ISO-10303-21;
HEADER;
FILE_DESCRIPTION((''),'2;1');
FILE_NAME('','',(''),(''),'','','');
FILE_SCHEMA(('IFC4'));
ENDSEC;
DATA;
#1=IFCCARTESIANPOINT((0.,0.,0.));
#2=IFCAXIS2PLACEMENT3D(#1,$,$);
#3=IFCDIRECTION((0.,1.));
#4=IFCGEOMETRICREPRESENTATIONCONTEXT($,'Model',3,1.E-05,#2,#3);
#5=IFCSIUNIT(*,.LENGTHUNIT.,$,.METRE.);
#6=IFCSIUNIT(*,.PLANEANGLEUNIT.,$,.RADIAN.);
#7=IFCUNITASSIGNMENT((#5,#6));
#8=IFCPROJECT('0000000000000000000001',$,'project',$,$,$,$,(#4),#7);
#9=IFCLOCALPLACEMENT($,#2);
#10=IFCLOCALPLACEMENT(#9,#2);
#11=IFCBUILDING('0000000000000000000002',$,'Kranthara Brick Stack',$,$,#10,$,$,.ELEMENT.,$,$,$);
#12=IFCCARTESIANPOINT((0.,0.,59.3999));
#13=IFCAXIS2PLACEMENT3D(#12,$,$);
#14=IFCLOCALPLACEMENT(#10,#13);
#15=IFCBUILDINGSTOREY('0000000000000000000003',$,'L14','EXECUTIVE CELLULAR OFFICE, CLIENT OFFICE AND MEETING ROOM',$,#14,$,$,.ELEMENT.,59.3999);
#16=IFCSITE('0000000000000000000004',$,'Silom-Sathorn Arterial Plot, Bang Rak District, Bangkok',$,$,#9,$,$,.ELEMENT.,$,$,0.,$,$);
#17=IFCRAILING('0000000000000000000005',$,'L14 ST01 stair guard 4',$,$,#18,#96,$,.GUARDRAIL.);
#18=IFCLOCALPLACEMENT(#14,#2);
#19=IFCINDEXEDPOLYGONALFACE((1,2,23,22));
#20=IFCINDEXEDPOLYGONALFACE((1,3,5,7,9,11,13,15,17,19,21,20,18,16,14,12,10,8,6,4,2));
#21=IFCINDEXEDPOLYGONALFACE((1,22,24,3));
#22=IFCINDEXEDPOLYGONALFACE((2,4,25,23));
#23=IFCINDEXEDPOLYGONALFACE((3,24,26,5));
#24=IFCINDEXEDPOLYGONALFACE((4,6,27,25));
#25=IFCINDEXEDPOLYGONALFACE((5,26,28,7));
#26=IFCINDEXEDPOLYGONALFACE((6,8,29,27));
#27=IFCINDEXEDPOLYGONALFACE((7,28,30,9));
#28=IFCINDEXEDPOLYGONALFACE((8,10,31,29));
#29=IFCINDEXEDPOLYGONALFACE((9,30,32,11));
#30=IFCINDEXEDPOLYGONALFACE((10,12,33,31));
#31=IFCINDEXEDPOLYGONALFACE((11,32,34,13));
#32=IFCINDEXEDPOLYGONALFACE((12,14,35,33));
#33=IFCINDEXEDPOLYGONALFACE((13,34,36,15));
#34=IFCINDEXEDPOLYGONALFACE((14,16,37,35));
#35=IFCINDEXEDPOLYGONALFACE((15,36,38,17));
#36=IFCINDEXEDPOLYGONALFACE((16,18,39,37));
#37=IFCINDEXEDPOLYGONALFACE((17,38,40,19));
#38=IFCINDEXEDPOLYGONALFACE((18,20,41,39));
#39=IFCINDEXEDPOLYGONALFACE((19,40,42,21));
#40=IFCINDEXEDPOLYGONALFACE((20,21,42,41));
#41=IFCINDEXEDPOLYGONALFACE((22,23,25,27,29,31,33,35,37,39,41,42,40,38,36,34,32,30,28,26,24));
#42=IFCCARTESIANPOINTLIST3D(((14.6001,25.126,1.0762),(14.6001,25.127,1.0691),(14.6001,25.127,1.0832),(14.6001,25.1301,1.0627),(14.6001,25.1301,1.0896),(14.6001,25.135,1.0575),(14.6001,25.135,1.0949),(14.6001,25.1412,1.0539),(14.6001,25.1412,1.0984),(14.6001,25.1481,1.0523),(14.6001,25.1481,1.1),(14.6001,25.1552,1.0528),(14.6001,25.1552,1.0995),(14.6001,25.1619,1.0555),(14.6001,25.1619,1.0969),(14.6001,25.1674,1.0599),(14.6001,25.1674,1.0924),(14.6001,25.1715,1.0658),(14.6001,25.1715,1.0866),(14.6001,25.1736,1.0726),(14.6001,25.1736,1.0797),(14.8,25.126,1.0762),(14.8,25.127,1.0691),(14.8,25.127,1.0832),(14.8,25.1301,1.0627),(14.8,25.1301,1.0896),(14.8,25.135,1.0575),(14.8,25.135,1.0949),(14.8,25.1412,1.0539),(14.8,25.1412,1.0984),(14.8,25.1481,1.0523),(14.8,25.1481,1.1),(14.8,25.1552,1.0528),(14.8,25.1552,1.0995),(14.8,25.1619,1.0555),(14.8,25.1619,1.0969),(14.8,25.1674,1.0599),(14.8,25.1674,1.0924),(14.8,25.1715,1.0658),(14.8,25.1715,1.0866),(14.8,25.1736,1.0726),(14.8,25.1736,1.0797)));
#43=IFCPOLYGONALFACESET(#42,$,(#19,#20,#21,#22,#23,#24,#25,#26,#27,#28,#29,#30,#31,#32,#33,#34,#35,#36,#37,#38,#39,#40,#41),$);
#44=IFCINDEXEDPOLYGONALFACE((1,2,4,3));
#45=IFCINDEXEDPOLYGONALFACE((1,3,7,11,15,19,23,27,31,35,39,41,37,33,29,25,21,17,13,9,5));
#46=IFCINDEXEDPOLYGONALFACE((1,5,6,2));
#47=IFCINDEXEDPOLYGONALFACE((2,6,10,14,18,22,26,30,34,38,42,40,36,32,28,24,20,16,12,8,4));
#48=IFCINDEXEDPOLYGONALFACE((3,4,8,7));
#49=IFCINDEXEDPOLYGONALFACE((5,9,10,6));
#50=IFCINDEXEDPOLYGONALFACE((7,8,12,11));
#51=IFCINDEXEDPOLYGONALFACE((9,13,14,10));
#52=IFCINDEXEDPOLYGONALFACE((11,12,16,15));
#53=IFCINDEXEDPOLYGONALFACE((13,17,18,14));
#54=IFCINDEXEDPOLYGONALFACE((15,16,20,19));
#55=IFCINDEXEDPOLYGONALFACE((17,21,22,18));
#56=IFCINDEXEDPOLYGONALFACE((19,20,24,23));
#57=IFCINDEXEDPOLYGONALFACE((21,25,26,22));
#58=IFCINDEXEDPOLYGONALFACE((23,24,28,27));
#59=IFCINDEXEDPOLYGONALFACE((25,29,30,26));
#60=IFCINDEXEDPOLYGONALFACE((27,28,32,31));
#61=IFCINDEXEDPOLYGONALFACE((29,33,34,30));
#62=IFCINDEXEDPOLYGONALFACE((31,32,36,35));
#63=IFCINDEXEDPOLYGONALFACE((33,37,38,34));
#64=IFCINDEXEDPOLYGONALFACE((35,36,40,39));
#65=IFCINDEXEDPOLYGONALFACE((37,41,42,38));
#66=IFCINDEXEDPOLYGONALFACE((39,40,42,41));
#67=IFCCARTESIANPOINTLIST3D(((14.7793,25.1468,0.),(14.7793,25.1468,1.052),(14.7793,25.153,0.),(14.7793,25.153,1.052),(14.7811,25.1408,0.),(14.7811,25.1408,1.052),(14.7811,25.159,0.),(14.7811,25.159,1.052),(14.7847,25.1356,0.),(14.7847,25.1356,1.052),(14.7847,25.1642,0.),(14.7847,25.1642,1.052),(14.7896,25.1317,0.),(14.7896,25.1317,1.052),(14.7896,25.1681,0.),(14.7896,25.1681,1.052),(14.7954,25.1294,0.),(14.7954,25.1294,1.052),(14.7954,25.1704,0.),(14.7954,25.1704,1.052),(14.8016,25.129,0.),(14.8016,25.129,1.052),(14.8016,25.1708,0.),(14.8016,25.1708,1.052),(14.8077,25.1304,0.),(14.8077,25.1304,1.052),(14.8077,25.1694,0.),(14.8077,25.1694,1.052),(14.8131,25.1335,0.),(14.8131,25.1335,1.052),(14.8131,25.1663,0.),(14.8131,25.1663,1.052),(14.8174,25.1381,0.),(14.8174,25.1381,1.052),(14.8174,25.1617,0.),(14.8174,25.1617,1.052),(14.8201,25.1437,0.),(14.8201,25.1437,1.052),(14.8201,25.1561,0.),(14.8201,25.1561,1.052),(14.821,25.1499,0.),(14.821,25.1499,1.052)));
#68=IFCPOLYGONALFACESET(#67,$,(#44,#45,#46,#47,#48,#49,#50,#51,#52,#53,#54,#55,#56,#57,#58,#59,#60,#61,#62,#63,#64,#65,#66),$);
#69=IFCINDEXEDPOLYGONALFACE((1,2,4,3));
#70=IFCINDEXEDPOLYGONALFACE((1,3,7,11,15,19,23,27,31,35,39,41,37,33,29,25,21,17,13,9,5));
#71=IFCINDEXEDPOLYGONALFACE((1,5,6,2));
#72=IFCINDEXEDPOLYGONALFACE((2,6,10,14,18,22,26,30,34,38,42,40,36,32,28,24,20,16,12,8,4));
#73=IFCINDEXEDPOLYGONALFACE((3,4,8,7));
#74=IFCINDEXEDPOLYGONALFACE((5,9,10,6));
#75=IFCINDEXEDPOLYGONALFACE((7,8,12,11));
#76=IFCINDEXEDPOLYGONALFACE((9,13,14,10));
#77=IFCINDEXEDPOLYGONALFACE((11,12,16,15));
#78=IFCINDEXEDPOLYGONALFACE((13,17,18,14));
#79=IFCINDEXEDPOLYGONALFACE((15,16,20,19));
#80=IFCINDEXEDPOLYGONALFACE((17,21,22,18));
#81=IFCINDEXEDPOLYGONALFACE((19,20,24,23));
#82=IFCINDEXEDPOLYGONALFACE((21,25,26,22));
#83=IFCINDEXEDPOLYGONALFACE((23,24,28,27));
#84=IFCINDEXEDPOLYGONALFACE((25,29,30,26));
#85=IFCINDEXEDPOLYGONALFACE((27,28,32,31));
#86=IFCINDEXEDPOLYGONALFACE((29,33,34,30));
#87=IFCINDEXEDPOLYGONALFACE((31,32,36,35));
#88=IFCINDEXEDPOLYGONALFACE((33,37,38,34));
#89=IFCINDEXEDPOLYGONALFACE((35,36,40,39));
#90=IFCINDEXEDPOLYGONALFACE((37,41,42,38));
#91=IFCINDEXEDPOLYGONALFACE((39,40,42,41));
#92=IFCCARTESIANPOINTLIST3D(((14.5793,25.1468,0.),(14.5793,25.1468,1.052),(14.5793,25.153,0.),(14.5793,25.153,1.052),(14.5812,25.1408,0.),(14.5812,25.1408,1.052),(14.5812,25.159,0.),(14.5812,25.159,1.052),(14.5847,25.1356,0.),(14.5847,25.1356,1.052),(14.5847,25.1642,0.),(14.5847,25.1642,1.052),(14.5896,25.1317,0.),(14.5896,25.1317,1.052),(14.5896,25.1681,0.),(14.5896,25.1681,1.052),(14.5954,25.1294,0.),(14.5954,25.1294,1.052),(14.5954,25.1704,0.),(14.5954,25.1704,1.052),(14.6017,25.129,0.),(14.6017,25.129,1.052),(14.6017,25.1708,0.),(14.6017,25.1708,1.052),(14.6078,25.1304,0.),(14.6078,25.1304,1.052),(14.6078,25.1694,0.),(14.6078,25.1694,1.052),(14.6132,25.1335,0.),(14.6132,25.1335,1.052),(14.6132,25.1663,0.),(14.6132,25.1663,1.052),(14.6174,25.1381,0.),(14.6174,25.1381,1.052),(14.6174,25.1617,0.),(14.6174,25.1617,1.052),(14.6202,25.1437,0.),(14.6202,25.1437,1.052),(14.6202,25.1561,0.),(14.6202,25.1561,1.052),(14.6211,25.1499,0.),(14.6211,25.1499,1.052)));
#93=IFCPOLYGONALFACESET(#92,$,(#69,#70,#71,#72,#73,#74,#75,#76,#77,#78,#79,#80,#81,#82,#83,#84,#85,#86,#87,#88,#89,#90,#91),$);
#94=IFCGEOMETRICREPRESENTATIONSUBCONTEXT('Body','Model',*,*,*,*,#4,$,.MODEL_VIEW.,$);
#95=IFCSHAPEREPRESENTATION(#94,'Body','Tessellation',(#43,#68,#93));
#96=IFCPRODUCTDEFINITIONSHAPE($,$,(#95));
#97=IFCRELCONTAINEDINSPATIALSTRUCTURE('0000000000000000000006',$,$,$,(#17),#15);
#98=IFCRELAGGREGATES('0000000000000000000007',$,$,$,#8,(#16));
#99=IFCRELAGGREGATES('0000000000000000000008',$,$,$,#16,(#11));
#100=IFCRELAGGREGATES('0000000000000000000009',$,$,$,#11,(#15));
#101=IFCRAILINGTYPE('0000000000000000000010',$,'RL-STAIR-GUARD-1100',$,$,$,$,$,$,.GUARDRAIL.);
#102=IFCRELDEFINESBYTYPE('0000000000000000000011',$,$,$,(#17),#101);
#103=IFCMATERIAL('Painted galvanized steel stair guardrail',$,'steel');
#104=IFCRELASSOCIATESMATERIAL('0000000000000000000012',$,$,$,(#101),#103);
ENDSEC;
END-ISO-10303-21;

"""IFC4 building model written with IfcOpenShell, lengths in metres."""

from ifc_helpers import new_model, si_unit, direction, frame, origin, origin_2d, place, context, subcontext, project, spatial, circle, extrude, material, type_object, element, save


model = new_model("IFC4")

# Units and contexts
model_context = context("Model", 3, precision=1e-05, world=origin(), true_north=direction((0.0, 1.0)))
body_context = subcontext(model_context, "Body", "Model", "MODEL_VIEW")
ifc_project = project(units=[si_unit("LENGTHUNIT", "METRE"), si_unit("PLANEANGLEUNIT", "RADIAN")], contexts=[model_context])

# Site, building, storey
site_placement = place(None, origin())
site = spatial("IfcSite", under=ifc_project, at=site_placement, Name="Silom-Sathorn Arterial Plot, Bang Rak District, Bangkok", CompositionType="ELEMENT", RefElevation=0.0)
building_placement = place(site_placement, origin())
building = spatial("IfcBuilding", under=site, at=building_placement, Name="Kranthara Brick Stack", CompositionType="ELEMENT")
storey_placement = place(building_placement, frame((0.0, 0.0, 59.3999)))
storey = spatial("IfcBuildingStorey", under=building, at=storey_placement, Name="L14", Description="EXECUTIVE CELLULAR OFFICE, CLIENT OFFICE AND MEETING ROOM", CompositionType="ELEMENT", Elevation=59.3999)

# Railing
ifc_material_1 = material(Name="Painted galvanized steel stair guardrail", Category="steel")
railing_type_1 = type_object("IfcRailingType", Name="RL-STAIR-GUARD-1100", PredefinedType="GUARDRAIL", material=ifc_material_1)
railing_1_placement = place(storey_placement, frame((14.8, 25.1499, 0.0)))
element("IfcRailing", 1, at=railing_1_placement, inside=storey, type_object=railing_type_1, Name="L14 ST01 stair guard 4", PredefinedType="GUARDRAIL", context=body_context, shape_type="SweptSolid", body=[
    extrude(circle(Radius=0.0239, at=origin_2d()), frame((0.0, 0.0, 1.0762), z_axis=(-1.0, 0.0, 0.0), x_axis=(0.0, -1.0, 0.0)), (0.0, 0.0, 1.0), 0.2),
    extrude(circle(Radius=0.021, at=origin_2d()), origin(), (0.0, 0.0, 1.0), 1.052),
    extrude(circle(Radius=0.021, at=origin_2d()), frame((-0.2, 0.0, 0.0)), (0.0, 0.0, 1.0), 1.052),
])

save(model, "model.ifc")
